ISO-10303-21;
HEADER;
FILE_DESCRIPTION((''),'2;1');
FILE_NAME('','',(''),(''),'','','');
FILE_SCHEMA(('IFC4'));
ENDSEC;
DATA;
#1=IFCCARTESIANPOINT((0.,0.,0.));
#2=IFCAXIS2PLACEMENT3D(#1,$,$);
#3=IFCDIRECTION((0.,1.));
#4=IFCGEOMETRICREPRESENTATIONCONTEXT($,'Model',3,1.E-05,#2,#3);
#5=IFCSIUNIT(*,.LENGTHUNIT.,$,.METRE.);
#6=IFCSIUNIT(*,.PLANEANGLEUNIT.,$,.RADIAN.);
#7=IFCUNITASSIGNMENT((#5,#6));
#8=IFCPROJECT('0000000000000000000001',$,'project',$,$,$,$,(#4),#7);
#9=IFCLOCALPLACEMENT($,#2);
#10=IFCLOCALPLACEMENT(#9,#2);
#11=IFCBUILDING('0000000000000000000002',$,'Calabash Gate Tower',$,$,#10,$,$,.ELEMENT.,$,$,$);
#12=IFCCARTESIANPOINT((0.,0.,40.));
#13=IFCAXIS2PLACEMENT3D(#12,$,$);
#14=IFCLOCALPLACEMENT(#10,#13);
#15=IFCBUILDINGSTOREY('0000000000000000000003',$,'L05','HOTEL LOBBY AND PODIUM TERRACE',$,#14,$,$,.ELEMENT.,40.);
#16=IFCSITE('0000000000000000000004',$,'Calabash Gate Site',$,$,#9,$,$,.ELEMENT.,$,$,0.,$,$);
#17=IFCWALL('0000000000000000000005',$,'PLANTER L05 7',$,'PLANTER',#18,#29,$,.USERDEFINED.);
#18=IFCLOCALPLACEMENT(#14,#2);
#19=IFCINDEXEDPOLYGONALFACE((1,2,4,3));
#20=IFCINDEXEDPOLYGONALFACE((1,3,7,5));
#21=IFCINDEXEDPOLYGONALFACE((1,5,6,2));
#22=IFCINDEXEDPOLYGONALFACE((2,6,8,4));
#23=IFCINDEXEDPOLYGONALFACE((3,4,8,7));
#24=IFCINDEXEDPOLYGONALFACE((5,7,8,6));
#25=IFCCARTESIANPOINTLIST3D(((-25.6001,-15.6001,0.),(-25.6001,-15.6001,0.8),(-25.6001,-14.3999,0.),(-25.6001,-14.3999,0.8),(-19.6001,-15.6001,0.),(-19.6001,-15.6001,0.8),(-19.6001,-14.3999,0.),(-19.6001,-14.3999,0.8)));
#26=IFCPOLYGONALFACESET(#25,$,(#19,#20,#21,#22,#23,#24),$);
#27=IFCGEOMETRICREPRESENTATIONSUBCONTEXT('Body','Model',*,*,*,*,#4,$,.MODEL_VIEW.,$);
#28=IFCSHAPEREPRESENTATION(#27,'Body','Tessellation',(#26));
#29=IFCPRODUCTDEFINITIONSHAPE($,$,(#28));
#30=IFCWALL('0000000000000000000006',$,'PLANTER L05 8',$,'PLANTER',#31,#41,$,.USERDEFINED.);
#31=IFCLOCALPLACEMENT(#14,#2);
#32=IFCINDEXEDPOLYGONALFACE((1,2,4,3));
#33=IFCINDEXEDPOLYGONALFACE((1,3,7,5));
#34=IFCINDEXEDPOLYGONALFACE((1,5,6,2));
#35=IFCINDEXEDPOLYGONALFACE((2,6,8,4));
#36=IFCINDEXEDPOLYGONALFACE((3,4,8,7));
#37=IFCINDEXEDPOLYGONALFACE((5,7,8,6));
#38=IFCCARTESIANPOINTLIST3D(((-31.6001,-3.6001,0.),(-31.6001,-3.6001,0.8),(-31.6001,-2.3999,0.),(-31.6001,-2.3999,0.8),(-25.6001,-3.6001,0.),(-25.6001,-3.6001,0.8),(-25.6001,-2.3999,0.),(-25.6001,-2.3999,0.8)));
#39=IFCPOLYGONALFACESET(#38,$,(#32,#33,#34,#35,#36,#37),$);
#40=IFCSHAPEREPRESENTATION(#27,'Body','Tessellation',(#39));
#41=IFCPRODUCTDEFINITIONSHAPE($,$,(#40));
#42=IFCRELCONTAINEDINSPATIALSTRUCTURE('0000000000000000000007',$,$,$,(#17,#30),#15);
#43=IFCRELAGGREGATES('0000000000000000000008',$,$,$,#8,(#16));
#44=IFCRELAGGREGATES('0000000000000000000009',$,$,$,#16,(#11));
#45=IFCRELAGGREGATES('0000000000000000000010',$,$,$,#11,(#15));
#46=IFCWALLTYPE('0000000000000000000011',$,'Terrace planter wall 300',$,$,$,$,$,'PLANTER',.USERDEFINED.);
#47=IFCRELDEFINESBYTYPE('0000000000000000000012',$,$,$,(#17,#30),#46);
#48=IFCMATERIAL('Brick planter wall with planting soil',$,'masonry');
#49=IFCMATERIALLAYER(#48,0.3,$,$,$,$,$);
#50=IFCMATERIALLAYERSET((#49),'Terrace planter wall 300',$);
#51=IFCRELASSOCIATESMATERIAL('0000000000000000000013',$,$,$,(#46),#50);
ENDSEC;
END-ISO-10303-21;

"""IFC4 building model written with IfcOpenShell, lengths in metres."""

from ifc_helpers import new_model, si_unit, direction, frame, origin, place, context, subcontext, project, spatial, polyline, outline, extrude, material, layer, layer_set, type_object, element, save


model = new_model("IFC4")

# Units and contexts
model_context = context("Model", 3, precision=1e-05, world=origin(), true_north=direction((0.0, 1.0)))
body_context = subcontext(model_context, "Body", "Model", "MODEL_VIEW")
ifc_project = project(units=[si_unit("LENGTHUNIT", "METRE"), si_unit("PLANEANGLEUNIT", "RADIAN")], contexts=[model_context])

# Site, building, storey
site_placement = place(None, origin())
site = spatial("IfcSite", under=ifc_project, at=site_placement, Name="Calabash Gate Site", CompositionType="ELEMENT", RefElevation=0.0)
building_placement = place(site_placement, origin())
building = spatial("IfcBuilding", under=site, at=building_placement, Name="Calabash Gate Tower", CompositionType="ELEMENT")
storey_placement = place(building_placement, frame((0.0, 0.0, 40.0)))
storey = spatial("IfcBuildingStorey", under=building, at=storey_placement, Name="L05", Description="HOTEL LOBBY AND PODIUM TERRACE", CompositionType="ELEMENT", Elevation=40.0)

# Walls
ifc_material_1 = material(Name="Brick planter wall with planting soil", Category="masonry")
ifc_layer_1 = layer(ifc_material_1, 0.3)
ifc_layer_set_1 = layer_set([ifc_layer_1], Name="Terrace planter wall 300")
wall_type = type_object("IfcWallType", Name="Terrace planter wall 300", ElementType="PLANTER", PredefinedType="USERDEFINED", material=ifc_layer_set_1)
wall_1_placement = place(storey_placement, origin())
element("IfcWall", 1, at=wall_1_placement, inside=storey, type_object=wall_type, Name="PLANTER L05 7", ObjectType="PLANTER", PredefinedType="USERDEFINED", context=body_context, shape_type="SweptSolid", body=[
    extrude(outline(polyline([(-19.6001, -15.6001), (-19.6001, -14.3999), (-25.6001, -14.3999), (-25.6001, -15.6001), (-19.6001, -15.6001)])), origin(), (0.0, 0.0, 1.0), 0.8),
])
wall_2_placement = place(storey_placement, origin())
element("IfcWall", 2, at=wall_2_placement, inside=storey, type_object=wall_type, Name="PLANTER L05 8", ObjectType="PLANTER", PredefinedType="USERDEFINED", context=body_context, shape_type="SweptSolid", body=[
    extrude(outline(polyline([(-25.6001, -3.6001), (-25.6001, -2.3999), (-31.6001, -2.3999), (-31.6001, -3.6001), (-25.6001, -3.6001)])), origin(), (0.0, 0.0, 1.0), 0.8),
])

save(model, "model.ifc")
